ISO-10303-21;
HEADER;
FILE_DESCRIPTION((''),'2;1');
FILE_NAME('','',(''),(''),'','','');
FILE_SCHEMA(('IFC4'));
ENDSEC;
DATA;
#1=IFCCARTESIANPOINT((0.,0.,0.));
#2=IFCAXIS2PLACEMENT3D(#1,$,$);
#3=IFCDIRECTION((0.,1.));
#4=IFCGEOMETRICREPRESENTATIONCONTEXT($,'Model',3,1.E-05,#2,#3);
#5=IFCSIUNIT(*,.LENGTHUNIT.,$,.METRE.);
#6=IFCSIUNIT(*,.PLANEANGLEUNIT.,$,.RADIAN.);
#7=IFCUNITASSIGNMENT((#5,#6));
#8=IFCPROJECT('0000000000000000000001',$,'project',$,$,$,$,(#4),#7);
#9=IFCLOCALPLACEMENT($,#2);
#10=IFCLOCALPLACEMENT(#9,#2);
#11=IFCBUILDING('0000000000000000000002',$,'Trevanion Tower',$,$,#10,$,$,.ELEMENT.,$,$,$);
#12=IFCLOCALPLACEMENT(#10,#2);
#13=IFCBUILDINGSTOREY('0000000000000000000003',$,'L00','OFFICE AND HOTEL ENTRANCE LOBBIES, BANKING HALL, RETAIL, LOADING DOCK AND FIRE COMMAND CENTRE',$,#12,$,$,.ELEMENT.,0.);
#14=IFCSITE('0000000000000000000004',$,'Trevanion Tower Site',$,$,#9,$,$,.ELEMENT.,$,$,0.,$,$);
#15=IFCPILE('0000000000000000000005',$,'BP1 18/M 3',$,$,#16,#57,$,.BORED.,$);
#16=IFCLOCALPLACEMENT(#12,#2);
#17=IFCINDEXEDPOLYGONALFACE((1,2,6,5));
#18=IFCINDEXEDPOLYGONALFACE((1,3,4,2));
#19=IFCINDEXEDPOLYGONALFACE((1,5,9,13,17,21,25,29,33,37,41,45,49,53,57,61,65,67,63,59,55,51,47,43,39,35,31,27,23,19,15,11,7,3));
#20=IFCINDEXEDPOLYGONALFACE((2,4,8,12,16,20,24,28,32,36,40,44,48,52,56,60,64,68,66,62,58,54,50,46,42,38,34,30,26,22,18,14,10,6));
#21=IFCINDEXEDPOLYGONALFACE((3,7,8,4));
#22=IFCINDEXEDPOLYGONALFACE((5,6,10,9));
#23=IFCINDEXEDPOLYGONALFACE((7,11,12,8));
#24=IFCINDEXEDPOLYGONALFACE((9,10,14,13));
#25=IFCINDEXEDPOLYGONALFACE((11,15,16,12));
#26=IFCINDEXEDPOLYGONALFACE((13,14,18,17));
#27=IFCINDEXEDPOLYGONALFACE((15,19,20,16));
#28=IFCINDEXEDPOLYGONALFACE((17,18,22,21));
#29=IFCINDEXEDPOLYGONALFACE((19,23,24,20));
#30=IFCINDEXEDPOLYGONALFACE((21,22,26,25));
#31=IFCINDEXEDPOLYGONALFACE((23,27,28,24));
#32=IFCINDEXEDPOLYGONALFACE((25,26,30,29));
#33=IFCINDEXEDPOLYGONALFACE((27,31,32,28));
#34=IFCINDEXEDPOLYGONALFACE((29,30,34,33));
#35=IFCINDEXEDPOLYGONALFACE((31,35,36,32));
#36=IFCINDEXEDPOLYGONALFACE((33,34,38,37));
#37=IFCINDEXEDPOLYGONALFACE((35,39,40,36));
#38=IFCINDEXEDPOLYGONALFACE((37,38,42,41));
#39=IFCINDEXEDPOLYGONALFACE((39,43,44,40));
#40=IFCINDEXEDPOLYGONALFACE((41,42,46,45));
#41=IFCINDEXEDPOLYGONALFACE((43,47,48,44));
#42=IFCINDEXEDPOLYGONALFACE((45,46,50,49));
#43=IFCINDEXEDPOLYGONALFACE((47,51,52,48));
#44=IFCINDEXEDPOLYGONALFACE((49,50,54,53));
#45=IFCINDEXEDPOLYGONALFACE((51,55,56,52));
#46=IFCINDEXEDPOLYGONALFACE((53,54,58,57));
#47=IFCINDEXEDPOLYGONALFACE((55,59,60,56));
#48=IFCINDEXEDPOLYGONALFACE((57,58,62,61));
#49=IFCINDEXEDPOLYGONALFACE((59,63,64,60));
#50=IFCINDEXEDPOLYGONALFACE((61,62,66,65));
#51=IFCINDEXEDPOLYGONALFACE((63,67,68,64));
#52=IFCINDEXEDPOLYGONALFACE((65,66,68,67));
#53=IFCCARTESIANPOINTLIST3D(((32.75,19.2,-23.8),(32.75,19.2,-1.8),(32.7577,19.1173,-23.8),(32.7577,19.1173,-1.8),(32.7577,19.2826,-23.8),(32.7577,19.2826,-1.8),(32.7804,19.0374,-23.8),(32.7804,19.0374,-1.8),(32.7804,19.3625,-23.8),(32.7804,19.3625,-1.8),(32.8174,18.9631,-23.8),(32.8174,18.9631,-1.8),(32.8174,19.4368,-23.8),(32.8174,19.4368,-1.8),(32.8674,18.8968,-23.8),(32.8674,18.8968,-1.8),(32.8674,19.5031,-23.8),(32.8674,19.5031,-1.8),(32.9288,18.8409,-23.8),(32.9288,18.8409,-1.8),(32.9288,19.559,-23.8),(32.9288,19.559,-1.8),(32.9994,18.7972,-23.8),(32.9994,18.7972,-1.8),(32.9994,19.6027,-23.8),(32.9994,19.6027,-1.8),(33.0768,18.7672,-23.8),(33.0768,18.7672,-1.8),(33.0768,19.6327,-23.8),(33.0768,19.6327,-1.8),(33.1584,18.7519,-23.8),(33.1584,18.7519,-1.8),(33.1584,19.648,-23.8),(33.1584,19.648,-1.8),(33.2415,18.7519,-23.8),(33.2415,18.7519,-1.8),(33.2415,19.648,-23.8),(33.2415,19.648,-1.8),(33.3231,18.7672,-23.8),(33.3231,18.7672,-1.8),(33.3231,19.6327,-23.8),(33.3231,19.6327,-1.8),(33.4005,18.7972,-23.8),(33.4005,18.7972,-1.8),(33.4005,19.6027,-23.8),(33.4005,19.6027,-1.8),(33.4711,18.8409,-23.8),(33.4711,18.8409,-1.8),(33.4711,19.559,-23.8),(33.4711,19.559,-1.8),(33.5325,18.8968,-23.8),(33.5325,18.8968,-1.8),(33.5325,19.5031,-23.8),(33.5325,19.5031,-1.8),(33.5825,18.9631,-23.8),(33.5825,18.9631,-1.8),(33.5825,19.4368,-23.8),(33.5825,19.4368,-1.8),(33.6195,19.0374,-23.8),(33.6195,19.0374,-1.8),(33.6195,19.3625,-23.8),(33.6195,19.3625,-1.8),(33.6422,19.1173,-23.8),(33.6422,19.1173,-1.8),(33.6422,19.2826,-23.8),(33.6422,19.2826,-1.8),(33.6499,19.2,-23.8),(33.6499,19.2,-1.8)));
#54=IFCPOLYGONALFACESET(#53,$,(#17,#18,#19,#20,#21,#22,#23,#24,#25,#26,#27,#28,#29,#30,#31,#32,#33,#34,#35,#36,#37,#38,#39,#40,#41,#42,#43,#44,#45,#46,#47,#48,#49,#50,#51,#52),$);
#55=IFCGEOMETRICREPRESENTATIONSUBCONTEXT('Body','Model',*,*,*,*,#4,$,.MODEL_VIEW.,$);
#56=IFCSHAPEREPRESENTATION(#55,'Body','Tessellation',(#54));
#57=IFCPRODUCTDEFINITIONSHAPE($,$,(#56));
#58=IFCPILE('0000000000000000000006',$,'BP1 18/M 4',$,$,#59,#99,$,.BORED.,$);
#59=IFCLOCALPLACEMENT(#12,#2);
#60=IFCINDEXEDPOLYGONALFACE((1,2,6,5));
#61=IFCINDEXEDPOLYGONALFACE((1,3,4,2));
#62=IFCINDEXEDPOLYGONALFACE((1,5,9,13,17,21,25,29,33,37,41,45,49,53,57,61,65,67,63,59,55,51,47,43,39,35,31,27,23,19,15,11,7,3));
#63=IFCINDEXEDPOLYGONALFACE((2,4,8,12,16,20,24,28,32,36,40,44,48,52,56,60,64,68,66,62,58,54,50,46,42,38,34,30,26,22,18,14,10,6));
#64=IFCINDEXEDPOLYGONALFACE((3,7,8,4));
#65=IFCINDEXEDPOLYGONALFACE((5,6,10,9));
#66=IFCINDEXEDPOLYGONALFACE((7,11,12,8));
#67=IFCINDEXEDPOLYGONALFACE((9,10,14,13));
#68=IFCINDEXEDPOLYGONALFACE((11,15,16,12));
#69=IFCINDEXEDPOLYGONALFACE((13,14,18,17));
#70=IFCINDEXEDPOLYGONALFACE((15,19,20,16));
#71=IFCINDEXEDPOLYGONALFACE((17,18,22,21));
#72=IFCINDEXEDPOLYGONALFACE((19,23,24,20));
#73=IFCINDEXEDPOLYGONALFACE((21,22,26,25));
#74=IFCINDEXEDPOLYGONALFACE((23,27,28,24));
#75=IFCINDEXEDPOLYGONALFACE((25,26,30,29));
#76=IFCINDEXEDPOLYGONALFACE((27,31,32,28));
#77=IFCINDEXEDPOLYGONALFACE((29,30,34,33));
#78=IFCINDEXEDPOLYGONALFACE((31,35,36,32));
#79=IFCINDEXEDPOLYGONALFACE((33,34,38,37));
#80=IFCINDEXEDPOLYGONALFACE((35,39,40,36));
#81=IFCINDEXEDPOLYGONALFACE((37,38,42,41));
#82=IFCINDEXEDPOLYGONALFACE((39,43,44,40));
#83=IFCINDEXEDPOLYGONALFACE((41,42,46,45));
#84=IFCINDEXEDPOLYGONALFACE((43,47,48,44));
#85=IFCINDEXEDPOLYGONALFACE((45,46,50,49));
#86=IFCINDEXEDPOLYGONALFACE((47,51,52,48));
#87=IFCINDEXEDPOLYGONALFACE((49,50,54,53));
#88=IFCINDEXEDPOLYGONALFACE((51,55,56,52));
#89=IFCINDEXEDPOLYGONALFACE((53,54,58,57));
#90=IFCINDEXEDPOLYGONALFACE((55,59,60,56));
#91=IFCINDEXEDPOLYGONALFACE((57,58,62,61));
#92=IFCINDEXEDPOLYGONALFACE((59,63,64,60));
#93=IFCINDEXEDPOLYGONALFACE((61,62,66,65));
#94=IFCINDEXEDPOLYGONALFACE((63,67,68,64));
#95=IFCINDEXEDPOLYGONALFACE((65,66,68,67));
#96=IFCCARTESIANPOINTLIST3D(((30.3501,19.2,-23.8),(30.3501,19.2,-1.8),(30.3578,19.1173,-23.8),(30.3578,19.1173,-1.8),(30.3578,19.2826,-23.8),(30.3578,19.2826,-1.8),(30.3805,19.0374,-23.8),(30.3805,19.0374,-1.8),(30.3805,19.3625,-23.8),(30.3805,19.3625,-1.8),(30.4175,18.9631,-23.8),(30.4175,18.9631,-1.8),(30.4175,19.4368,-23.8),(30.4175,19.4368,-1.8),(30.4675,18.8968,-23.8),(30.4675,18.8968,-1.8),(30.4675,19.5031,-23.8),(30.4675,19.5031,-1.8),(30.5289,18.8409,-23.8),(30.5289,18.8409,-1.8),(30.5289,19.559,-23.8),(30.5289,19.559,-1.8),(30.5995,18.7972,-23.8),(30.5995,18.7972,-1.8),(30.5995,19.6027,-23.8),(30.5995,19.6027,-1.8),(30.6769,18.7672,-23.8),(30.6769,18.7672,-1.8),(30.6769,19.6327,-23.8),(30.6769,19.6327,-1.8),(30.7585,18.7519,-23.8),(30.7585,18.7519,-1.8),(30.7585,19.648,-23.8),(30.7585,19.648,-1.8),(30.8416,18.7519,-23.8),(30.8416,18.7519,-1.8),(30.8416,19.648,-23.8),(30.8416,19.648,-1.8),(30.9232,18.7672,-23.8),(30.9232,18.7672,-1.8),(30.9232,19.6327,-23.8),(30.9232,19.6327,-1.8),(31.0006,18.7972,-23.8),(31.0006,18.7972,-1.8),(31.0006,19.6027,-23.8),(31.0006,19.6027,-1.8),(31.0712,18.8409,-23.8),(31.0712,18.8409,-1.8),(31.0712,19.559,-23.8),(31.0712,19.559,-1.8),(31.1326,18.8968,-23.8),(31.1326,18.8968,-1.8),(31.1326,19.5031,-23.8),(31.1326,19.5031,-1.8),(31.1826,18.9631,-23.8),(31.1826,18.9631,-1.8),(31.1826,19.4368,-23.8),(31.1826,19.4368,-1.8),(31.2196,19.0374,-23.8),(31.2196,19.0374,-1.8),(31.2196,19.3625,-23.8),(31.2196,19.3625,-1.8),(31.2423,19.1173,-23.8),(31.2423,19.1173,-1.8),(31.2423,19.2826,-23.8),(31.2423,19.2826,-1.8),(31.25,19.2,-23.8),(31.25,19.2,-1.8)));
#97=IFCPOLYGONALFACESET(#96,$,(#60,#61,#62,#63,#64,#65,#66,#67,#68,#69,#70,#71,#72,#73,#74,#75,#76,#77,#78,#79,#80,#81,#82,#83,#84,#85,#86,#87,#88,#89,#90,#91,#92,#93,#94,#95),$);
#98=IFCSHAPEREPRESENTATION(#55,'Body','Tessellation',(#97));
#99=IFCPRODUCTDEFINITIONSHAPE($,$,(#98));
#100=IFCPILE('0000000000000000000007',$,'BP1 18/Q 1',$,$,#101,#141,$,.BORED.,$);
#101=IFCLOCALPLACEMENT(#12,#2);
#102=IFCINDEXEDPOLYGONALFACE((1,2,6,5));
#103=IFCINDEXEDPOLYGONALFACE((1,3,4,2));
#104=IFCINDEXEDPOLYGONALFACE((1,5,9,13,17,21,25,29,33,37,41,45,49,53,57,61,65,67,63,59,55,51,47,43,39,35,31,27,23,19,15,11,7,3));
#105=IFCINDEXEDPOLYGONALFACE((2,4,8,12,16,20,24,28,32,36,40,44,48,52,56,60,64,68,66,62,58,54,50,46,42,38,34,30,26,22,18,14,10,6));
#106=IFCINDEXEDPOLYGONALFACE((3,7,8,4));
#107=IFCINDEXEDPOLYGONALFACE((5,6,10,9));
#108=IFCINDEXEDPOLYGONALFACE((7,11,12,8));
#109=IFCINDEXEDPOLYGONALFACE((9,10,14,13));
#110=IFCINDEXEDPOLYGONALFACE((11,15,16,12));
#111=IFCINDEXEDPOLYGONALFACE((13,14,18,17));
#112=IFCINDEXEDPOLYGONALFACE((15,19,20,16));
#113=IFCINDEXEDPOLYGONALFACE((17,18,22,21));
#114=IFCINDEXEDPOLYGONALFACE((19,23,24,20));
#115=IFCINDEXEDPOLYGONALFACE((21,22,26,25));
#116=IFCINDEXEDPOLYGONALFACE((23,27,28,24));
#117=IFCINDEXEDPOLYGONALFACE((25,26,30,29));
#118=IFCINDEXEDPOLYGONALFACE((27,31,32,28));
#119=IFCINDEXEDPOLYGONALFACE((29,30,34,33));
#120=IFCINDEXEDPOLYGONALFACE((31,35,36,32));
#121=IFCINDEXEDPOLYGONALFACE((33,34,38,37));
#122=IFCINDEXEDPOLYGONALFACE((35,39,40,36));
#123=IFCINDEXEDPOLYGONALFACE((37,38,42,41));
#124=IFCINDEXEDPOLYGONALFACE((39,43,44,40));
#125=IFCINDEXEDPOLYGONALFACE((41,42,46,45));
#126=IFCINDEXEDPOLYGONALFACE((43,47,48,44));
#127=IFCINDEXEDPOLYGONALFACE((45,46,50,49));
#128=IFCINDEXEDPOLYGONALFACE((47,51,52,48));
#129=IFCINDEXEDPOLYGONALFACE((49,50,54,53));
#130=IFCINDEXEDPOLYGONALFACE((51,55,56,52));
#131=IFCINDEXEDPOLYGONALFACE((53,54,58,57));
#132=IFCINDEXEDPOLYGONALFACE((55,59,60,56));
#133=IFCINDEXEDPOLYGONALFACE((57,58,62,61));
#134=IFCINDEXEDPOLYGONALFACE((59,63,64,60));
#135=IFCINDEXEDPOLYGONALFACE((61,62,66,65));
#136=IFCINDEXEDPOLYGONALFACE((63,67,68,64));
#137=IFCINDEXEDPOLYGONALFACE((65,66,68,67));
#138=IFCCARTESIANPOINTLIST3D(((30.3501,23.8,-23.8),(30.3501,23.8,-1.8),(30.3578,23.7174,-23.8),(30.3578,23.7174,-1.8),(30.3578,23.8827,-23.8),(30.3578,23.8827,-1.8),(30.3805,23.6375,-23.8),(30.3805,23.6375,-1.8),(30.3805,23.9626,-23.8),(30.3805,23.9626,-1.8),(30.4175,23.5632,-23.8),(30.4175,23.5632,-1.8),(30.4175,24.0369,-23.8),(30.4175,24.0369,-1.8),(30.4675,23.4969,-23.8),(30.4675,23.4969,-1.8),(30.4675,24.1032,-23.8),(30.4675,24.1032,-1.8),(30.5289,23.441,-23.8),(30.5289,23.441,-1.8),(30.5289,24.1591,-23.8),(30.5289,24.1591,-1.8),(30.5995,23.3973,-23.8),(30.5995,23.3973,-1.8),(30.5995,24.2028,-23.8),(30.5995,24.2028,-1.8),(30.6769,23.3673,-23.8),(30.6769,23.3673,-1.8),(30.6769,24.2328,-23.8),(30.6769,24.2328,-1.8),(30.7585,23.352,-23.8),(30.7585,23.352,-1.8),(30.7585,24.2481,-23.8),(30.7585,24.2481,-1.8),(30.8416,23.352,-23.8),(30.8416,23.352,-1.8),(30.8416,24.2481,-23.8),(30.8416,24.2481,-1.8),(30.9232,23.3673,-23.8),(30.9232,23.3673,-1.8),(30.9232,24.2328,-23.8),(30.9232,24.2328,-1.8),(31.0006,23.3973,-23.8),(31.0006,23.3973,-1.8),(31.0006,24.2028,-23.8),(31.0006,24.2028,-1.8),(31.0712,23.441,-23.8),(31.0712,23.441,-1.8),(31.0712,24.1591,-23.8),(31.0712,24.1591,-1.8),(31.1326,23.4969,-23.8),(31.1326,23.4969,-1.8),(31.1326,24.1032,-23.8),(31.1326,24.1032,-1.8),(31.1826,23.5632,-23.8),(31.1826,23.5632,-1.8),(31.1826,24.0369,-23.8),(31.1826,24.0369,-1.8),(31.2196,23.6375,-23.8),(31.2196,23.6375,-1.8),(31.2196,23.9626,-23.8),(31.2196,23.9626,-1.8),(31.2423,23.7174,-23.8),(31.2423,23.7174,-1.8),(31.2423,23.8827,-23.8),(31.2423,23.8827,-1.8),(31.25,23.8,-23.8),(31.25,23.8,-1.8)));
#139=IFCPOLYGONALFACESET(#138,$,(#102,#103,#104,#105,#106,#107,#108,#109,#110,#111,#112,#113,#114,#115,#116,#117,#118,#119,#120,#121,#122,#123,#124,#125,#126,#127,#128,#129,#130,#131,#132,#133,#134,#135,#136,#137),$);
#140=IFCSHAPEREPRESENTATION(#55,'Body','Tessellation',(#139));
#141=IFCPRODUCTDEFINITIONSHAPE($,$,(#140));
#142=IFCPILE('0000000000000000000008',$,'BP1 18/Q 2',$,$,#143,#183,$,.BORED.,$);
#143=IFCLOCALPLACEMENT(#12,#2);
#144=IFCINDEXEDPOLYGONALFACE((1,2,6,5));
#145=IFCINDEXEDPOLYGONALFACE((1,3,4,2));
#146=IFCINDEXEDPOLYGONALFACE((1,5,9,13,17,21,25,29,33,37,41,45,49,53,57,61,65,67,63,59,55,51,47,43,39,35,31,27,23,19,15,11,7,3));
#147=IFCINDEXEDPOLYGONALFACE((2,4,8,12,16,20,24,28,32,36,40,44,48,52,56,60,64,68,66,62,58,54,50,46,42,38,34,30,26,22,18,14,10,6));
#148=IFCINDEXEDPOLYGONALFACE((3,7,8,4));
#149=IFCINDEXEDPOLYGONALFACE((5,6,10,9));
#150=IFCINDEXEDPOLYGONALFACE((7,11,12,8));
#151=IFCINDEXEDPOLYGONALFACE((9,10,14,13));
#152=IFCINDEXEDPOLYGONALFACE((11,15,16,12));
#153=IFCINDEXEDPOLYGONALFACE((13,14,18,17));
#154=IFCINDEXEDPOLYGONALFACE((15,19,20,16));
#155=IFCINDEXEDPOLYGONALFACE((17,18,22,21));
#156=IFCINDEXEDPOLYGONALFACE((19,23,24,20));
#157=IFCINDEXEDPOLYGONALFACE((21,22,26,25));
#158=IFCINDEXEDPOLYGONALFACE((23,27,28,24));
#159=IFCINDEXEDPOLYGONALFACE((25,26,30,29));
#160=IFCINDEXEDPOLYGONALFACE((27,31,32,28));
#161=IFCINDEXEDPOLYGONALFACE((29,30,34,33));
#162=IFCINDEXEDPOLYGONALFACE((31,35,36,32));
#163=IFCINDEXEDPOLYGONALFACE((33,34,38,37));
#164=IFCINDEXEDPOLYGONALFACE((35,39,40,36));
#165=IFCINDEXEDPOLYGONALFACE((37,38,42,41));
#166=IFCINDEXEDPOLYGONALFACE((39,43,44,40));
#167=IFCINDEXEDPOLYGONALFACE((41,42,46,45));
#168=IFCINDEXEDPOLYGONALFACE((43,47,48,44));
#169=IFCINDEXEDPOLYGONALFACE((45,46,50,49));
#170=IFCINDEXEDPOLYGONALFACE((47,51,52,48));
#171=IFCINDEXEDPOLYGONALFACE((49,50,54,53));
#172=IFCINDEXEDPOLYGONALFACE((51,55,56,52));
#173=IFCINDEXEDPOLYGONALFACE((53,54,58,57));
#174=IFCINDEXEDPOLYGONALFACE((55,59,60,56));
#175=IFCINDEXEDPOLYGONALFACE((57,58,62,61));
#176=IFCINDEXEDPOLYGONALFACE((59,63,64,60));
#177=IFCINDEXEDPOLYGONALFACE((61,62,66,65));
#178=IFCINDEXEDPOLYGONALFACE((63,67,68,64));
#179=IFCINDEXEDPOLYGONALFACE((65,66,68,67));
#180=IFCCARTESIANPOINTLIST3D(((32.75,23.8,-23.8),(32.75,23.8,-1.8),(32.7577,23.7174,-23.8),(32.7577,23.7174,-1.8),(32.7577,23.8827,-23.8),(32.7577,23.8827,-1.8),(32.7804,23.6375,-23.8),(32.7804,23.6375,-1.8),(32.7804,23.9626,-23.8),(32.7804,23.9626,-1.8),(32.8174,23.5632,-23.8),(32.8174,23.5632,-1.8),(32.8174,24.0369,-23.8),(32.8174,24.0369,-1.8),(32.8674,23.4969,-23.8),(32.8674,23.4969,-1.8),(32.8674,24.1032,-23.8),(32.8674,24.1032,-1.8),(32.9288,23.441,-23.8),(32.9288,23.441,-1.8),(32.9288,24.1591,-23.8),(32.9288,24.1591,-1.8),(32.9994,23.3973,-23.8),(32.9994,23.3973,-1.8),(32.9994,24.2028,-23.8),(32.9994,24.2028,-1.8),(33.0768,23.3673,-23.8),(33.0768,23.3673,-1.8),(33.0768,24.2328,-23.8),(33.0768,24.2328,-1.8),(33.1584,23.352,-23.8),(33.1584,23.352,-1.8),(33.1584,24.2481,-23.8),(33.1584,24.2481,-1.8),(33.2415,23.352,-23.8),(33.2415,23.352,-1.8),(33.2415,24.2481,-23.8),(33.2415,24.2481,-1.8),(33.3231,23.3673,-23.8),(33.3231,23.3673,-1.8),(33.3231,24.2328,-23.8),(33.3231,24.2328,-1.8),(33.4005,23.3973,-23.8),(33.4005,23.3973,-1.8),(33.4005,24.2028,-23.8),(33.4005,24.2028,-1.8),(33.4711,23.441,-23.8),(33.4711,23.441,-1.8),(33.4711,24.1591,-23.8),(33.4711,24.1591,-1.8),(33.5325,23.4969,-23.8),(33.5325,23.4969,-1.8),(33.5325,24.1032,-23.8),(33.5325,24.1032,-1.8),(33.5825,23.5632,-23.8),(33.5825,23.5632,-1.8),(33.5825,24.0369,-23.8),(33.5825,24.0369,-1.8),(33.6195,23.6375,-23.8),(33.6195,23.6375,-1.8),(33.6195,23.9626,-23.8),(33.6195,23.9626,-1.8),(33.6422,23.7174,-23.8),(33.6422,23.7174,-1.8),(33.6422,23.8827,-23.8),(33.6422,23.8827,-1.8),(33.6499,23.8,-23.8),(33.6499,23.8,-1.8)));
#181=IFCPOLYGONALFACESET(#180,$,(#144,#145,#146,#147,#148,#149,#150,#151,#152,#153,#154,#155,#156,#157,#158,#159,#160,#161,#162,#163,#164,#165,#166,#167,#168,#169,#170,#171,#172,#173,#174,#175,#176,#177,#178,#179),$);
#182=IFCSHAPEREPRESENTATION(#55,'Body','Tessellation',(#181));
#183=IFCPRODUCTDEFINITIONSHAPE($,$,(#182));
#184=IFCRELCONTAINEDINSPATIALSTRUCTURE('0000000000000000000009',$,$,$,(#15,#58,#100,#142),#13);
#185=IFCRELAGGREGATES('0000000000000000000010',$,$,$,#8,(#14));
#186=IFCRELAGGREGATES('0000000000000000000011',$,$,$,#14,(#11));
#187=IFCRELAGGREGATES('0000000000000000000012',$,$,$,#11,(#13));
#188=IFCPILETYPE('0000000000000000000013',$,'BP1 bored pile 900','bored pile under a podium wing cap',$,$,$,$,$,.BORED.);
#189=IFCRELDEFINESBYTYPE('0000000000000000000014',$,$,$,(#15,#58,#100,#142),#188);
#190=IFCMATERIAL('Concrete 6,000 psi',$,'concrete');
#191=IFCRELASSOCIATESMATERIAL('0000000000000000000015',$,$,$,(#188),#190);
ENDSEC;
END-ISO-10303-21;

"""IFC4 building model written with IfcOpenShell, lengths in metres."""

from ifc_helpers import new_model, si_unit, direction, frame, origin, origin_2d, place, context, subcontext, project, spatial, circle, extrude, material, material_profile, profile_set, type_object, element, save


model = new_model("IFC4")

# Units and contexts
model_context = context("Model", 3, precision=1e-05, world=origin(), true_north=direction((0.0, 1.0)))
body_context = subcontext(model_context, "Body", "Model", "MODEL_VIEW")
ifc_project = project(units=[si_unit("LENGTHUNIT", "METRE"), si_unit("PLANEANGLEUNIT", "RADIAN")], contexts=[model_context])

# Site, building, storey
site_placement = place(None, origin())
site = spatial("IfcSite", under=ifc_project, at=site_placement, Name="Trevanion Tower Site", CompositionType="ELEMENT", RefElevation=0.0)
building_placement = place(site_placement, origin())
building = spatial("IfcBuilding", under=site, at=building_placement, Name="Trevanion Tower", CompositionType="ELEMENT")
storey_placement = place(building_placement, origin())
storey = spatial("IfcBuildingStorey", under=building, at=storey_placement, Name="L00", Description="OFFICE AND HOTEL ENTRANCE LOBBIES, BANKING HALL, RETAIL, LOADING DOCK AND FIRE COMMAND CENTRE", CompositionType="ELEMENT", Elevation=0.0)

# Piles
ifc_material_1 = material(Name="Concrete 6,000 psi", Category="concrete")
ifc_material_profile_1 = material_profile(ifc_material_1, circle(Radius=0.45, at=origin_2d()), Name="BP1 bored pile 900")
ifc_profile_set_1 = profile_set([ifc_material_profile_1], Name="Concrete 6,000 psi")
pile_type_1 = type_object("IfcPileType", Name="BP1 bored pile 900", Description="bored pile under a podium wing cap", PredefinedType="BORED", material=ifc_profile_set_1)
for number, where, z_axis, x_axis, name in (
    (1, (33.2, 19.2, -1.8), (0.0, 0.0, -1.0), (1.0, 0.0, 0.0), "BP1 18/M 3"),
    (2, (30.8, 19.2, -1.8), (0.0, 0.0, -1.0), (1.0, 0.0, 0.0), "BP1 18/M 4"),
    (3, (30.8, 23.8, -1.8), (0.0, 0.0, -1.0), (1.0, 0.0, 0.0), "BP1 18/Q 1"),
    (4, (33.2, 23.8, -1.8), (0.0, 0.0, -1.0), (1.0, 0.0, 0.0), "BP1 18/Q 2"),
):
    element("IfcPile", number, at=place(storey_placement, frame(where, z_axis=z_axis, x_axis=x_axis)), inside=storey, type_object=pile_type_1, Name=name, PredefinedType="BORED", context=body_context, shape_type="SweptSolid", body=[
        extrude(circle(Radius=0.45, at=origin_2d()), origin(), (0.0, 0.0, 1.0), 22.0),
    ])

save(model, "model.ifc")
